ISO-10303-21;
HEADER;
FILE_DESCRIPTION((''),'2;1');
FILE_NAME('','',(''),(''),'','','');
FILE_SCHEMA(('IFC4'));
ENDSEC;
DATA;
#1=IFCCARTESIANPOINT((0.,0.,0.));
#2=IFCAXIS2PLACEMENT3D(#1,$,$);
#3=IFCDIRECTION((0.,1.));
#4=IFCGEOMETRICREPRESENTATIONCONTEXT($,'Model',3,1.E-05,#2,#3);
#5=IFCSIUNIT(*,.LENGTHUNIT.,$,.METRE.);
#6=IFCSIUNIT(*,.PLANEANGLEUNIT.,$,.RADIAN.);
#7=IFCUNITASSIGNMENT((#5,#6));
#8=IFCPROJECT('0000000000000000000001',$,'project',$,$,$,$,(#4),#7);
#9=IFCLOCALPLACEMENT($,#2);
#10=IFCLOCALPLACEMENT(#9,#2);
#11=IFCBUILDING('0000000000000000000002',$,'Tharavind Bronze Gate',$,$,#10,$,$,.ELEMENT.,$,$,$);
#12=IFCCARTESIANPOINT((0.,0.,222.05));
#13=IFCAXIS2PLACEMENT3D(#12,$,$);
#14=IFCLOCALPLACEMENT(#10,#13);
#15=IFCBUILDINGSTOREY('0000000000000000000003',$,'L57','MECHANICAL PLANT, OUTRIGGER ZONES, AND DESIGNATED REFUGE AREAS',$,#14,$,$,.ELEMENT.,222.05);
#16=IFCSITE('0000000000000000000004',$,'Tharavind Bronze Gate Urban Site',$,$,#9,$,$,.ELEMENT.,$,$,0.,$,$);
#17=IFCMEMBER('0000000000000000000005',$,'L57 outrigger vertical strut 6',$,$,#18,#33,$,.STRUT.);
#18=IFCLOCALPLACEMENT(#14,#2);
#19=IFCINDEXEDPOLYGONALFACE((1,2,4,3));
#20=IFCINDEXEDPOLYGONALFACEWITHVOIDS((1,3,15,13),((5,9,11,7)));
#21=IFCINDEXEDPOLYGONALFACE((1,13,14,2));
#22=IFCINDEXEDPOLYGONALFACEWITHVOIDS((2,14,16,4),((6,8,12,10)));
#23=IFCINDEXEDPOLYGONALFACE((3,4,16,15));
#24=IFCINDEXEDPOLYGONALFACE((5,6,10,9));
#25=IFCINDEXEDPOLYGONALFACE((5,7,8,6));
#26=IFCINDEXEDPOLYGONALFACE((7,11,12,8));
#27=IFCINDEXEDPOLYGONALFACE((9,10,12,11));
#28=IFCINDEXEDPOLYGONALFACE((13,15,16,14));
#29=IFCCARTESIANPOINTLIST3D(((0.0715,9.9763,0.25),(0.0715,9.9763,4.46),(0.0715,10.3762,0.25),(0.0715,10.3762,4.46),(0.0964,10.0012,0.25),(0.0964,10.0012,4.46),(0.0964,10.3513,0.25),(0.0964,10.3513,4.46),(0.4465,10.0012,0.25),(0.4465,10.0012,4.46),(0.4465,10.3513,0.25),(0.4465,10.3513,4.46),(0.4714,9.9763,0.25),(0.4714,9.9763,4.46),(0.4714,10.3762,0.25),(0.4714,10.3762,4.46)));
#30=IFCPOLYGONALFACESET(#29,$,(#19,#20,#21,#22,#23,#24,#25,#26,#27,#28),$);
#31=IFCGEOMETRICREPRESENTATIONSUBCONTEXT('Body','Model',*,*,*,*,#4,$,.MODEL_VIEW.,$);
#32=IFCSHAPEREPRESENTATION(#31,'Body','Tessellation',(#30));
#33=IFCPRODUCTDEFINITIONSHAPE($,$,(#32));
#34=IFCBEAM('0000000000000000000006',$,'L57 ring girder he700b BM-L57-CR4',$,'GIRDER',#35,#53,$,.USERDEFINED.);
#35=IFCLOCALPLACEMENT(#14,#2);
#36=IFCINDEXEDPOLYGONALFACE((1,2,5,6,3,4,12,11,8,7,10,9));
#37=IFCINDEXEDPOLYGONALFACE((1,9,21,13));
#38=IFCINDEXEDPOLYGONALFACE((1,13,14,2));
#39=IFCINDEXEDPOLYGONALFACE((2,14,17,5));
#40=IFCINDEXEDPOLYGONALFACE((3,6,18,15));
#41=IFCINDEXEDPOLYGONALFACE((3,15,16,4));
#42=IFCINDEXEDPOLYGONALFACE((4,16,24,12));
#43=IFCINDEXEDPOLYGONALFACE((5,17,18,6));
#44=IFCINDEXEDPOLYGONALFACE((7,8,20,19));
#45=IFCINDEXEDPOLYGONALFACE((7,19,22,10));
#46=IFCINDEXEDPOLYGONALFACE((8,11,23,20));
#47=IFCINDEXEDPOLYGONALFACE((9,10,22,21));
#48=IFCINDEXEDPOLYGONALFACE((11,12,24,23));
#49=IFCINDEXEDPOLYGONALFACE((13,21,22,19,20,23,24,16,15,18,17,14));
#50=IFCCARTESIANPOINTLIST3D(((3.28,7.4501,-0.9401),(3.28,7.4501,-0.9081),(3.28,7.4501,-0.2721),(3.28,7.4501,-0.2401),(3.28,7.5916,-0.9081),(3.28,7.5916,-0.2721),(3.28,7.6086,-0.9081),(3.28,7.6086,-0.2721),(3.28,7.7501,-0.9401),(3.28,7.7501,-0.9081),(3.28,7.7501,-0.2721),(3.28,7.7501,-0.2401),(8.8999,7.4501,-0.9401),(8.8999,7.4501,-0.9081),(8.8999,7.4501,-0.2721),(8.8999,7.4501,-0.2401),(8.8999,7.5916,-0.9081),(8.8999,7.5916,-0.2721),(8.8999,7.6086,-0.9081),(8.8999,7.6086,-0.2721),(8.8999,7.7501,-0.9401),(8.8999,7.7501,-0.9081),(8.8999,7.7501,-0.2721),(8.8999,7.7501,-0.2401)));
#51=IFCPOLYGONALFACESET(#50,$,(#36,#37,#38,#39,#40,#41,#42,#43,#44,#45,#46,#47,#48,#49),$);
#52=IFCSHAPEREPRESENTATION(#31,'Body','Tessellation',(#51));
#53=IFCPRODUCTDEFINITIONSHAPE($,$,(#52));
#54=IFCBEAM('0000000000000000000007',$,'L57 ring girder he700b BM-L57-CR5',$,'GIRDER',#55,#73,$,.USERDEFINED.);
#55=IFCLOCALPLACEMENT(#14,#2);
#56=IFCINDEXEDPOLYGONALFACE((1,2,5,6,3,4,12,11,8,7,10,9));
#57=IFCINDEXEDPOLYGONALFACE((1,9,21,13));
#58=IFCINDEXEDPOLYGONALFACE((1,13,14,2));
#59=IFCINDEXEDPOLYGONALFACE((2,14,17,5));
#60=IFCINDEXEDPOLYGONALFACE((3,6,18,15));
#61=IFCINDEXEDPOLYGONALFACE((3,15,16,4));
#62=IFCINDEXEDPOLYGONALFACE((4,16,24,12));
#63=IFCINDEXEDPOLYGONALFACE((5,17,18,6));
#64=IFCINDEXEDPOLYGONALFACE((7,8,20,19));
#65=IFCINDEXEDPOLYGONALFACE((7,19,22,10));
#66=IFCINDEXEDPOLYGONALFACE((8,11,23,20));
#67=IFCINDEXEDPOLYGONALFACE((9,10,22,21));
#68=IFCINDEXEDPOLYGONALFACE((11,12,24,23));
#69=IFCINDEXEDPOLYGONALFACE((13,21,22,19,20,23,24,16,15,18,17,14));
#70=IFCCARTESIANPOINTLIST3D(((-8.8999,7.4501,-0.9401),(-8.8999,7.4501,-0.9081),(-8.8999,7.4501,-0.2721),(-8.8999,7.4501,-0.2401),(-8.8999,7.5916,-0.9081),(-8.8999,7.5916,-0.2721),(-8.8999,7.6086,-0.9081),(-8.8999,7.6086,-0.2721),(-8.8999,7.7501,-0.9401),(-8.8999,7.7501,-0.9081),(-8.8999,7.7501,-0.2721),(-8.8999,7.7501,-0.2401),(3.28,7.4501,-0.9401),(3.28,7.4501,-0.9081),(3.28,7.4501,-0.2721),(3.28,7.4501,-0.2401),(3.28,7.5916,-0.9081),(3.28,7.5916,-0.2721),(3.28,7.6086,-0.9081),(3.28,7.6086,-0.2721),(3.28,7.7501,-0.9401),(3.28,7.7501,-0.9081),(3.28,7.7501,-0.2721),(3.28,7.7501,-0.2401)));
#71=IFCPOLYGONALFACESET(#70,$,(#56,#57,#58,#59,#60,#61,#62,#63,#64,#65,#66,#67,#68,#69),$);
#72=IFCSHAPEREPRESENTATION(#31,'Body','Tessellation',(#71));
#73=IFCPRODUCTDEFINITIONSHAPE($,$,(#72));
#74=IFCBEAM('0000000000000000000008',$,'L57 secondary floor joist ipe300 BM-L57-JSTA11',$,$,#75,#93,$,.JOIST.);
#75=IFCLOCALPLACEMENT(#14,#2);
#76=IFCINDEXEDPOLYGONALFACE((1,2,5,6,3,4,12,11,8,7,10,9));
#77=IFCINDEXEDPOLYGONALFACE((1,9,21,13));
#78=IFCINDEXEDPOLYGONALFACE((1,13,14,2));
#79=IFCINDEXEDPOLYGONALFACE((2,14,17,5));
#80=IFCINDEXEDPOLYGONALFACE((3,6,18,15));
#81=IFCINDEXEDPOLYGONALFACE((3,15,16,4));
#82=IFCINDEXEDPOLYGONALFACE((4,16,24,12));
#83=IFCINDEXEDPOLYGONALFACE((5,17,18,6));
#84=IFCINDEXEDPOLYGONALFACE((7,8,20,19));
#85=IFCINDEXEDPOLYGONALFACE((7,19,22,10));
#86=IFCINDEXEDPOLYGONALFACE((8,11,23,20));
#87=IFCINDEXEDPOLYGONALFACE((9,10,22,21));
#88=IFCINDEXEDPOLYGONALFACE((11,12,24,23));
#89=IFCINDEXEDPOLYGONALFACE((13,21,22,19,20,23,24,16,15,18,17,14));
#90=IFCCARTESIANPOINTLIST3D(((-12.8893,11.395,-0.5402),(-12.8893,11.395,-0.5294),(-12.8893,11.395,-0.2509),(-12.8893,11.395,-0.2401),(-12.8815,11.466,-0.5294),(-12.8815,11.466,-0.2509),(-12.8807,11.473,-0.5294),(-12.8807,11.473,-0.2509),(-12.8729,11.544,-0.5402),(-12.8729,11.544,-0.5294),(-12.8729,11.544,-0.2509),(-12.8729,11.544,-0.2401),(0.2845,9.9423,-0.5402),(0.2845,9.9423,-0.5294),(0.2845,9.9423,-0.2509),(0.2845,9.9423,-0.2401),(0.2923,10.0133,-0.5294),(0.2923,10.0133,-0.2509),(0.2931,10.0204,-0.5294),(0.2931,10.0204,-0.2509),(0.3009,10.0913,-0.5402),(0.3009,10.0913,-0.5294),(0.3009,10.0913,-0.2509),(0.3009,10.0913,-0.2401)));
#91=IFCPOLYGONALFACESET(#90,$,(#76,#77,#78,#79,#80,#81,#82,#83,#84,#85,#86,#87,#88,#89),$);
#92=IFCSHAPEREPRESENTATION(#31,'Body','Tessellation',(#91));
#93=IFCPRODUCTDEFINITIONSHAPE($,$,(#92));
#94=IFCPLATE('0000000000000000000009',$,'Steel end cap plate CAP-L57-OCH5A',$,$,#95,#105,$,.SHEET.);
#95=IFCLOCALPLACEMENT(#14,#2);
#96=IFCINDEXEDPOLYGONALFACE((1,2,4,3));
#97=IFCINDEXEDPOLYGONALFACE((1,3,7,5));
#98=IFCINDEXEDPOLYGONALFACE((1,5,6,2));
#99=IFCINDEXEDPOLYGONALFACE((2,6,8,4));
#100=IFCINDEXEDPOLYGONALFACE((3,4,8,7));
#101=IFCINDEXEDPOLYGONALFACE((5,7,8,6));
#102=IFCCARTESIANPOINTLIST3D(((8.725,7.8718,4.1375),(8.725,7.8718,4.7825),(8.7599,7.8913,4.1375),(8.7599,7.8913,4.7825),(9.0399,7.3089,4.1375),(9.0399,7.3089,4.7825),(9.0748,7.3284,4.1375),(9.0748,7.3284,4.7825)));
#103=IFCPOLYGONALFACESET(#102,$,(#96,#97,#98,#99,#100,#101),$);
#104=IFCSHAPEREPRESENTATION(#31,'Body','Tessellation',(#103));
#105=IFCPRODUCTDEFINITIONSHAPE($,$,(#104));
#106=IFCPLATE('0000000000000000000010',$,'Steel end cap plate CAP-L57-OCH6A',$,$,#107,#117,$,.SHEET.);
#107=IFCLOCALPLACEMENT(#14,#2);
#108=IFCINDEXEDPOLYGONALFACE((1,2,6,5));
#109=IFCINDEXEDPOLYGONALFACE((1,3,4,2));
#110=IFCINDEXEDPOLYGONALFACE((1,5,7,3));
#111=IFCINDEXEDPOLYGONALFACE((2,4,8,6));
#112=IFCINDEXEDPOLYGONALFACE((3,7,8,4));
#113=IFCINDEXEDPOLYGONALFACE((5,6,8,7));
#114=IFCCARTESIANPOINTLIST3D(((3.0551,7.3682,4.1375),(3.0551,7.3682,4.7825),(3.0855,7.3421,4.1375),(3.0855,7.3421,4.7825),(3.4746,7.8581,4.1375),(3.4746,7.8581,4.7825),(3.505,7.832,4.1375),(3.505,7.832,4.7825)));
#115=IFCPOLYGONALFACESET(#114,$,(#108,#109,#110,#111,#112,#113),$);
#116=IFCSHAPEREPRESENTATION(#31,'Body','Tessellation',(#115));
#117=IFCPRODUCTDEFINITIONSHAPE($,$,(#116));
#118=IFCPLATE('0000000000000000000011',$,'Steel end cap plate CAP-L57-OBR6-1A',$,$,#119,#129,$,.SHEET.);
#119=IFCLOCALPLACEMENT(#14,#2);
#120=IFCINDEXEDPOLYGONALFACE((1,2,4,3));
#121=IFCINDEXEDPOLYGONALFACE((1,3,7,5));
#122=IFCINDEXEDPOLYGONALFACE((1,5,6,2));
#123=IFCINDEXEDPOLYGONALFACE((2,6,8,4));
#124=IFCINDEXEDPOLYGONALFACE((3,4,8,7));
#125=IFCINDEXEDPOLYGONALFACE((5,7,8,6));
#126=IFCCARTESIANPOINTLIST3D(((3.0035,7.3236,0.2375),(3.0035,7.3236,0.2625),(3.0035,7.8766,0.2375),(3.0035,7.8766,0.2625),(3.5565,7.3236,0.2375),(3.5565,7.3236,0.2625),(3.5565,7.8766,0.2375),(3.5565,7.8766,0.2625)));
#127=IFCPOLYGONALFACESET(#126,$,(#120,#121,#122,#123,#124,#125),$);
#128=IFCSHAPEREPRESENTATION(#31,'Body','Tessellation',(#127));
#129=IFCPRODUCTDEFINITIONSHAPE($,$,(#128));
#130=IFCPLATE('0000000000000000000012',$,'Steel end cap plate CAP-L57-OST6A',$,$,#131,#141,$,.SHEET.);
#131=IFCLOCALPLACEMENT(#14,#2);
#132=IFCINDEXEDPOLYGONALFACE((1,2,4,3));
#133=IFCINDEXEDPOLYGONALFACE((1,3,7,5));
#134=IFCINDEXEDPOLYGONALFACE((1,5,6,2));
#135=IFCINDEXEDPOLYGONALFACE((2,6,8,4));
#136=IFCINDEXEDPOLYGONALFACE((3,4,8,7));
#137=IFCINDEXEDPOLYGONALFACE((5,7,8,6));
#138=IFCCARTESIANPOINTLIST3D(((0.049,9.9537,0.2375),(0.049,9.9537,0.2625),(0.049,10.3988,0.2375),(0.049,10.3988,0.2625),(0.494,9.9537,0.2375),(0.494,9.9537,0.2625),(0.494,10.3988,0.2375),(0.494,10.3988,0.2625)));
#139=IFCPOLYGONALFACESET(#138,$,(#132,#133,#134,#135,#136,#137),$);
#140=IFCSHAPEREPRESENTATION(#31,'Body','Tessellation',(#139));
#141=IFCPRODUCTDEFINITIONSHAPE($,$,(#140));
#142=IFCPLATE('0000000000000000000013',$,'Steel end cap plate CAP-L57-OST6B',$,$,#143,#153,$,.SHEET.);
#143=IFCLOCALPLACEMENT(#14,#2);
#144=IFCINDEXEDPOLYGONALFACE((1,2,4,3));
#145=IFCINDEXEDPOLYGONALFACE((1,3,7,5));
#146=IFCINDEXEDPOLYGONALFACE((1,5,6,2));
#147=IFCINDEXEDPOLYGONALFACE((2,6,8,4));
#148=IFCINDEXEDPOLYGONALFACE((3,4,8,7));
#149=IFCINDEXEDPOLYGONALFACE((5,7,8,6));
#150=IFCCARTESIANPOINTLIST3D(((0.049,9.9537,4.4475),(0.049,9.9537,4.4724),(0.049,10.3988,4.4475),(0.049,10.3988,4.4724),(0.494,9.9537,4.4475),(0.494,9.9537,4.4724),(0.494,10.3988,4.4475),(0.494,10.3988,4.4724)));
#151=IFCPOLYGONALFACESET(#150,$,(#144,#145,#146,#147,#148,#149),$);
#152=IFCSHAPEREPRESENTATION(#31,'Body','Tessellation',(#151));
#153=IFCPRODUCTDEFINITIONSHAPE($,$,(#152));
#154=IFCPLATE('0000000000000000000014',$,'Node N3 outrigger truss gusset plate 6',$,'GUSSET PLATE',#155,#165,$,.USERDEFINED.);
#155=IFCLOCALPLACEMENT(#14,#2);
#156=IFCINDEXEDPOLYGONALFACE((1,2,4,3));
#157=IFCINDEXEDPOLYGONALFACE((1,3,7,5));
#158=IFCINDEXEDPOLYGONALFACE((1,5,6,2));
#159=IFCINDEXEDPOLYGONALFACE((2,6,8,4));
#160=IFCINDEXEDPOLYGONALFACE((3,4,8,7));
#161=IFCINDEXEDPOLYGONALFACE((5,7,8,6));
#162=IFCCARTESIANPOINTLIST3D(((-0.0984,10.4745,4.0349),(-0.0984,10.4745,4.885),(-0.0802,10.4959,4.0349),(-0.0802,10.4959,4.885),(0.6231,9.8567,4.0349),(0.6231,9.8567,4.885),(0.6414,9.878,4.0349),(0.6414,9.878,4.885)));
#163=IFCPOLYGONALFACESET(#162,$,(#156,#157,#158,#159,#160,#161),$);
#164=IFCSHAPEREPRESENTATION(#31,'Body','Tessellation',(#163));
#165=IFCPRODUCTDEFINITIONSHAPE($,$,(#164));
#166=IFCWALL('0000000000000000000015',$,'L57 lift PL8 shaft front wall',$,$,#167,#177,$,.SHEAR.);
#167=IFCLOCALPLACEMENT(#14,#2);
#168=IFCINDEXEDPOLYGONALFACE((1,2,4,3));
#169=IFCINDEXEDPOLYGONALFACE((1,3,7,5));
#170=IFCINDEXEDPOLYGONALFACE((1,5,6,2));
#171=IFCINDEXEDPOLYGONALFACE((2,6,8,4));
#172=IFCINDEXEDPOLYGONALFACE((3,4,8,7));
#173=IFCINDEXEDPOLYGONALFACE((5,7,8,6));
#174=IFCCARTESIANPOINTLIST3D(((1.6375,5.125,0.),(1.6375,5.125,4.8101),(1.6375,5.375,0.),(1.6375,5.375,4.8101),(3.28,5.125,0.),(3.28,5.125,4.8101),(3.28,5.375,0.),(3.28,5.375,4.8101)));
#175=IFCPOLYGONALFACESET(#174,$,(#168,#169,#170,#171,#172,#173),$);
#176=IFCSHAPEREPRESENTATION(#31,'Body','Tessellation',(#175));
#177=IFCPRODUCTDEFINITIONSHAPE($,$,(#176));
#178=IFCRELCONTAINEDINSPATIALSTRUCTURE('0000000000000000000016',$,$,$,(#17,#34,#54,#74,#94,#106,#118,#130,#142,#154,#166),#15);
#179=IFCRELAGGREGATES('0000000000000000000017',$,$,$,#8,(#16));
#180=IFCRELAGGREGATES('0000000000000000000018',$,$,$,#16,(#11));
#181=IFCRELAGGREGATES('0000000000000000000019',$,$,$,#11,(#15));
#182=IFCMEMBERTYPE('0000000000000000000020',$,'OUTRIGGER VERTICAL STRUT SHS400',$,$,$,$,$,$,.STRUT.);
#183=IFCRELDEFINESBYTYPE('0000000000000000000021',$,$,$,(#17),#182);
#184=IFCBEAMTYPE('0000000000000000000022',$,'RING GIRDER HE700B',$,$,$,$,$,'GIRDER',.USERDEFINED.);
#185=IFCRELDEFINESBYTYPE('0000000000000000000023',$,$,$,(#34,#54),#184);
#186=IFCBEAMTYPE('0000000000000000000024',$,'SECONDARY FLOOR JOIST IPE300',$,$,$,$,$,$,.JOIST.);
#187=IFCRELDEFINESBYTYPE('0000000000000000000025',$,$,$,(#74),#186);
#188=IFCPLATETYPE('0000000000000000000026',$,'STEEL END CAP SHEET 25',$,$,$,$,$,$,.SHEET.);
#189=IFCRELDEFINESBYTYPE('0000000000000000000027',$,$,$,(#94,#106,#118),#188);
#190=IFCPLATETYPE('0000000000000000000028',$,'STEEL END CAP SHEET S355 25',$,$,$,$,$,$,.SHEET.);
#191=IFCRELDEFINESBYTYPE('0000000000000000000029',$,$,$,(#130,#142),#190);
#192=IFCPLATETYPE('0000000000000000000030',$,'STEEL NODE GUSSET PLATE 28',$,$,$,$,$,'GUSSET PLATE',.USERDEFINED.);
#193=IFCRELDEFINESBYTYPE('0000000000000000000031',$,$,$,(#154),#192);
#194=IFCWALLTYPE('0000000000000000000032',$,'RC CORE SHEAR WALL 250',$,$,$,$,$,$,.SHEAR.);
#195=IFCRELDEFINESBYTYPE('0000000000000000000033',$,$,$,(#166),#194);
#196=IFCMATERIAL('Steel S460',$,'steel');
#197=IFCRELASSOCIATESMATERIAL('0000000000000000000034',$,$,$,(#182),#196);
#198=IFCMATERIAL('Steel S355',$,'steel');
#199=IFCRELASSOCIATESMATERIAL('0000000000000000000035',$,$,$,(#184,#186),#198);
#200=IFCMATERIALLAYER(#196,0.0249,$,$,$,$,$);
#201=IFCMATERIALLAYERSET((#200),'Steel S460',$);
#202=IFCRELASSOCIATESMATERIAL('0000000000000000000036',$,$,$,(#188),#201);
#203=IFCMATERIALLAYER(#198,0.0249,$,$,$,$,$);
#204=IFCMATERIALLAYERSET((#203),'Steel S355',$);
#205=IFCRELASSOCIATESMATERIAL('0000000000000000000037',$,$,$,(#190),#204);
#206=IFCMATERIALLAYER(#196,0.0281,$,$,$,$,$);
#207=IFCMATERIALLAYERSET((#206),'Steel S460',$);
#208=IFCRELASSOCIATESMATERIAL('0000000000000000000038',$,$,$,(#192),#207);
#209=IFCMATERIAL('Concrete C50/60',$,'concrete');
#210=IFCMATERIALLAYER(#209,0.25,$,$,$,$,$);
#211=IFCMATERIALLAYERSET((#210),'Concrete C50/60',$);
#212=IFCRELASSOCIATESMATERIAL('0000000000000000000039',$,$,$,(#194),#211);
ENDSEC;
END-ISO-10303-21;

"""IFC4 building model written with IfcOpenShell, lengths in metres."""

from ifc_helpers import new_model, si_unit, direction, frame, frame_2d, origin, origin_2d, place, context, subcontext, project, spatial, rectangle, hollow_rectangle, i_section, extrude, material, layer, layer_set, material_profile, profile_set, type_object, element, save


model = new_model("IFC4")

# Units and contexts
model_context = context("Model", 3, precision=1e-05, world=origin(), true_north=direction((0.0, 1.0)))
body_context = subcontext(model_context, "Body", "Model", "MODEL_VIEW")
ifc_project = project(units=[si_unit("LENGTHUNIT", "METRE"), si_unit("PLANEANGLEUNIT", "RADIAN")], contexts=[model_context])

# Site, building, storey
site_placement = place(None, origin())
site = spatial("IfcSite", under=ifc_project, at=site_placement, Name="Tharavind Bronze Gate Urban Site", CompositionType="ELEMENT", RefElevation=0.0)
building_placement = place(site_placement, origin())
building = spatial("IfcBuilding", under=site, at=building_placement, Name="Tharavind Bronze Gate", CompositionType="ELEMENT")
storey_placement = place(building_placement, frame((0.0, 0.0, 222.05)))
storey = spatial("IfcBuildingStorey", under=building, at=storey_placement, Name="L57", Description="MECHANICAL PLANT, OUTRIGGER ZONES, AND DESIGNATED REFUGE AREAS", CompositionType="ELEMENT", Elevation=222.05)

# Member
ifc_material_1 = material(Name="Steel S460", Category="steel")
ifc_material_profile_1 = material_profile(ifc_material_1, hollow_rectangle(XDim=0.3999, YDim=0.3999, WallThickness=0.0249, at=origin_2d()), Name="SHS400X25")
ifc_profile_set_1 = profile_set([ifc_material_profile_1], Name="Steel S460")
member_type_1 = type_object("IfcMemberType", Name="OUTRIGGER VERTICAL STRUT SHS400", PredefinedType="STRUT", material=ifc_profile_set_1)
member_1_placement = place(storey_placement, frame((0.2715, 10.1763, 0.25), z_axis=(0.0, 0.0, 1.0), x_axis=(1.0, 0.0, 0.0)))
element("IfcMember", 1, at=member_1_placement, inside=storey, type_object=member_type_1, Name="L57 outrigger vertical strut 6", PredefinedType="STRUT", context=body_context, shape_type="SweptSolid", body=[
    extrude(hollow_rectangle(XDim=0.3999, YDim=0.3999, WallThickness=0.0249, at=origin_2d()), origin(), (0.0, 0.0, 1.0), 4.21),
])

# Beams
ifc_material_2 = material(Name="Steel S355", Category="steel")
ifc_material_profile_2 = material_profile(ifc_material_2, i_section(OverallWidth=0.3, OverallDepth=0.7, WebThickness=0.0171, FlangeThickness=0.032, at=origin_2d()), Name="HE700B")
ifc_profile_set_2 = profile_set([ifc_material_profile_2], Name="Steel S355")
beam_type_1 = type_object("IfcBeamType", Name="RING GIRDER HE700B", ElementType="GIRDER", PredefinedType="USERDEFINED", material=ifc_profile_set_2)
beam_1_placement = place(storey_placement, frame((8.8999, 7.6001, -0.5901), z_axis=(-1.0, 0.0, 0.0), x_axis=(0.0, -1.0, 0.0)))
element("IfcBeam", 2, at=beam_1_placement, inside=storey, type_object=beam_type_1, Name="L57 ring girder he700b BM-L57-CR4", ObjectType="GIRDER", PredefinedType="USERDEFINED", context=body_context, shape_type="SweptSolid", body=[
    extrude(i_section(OverallWidth=0.3, OverallDepth=0.7, WebThickness=0.0171, FlangeThickness=0.032, at=origin_2d()), origin(), (0.0, 0.0, 1.0), 5.6199),
])
beam_2_placement = place(storey_placement, frame((3.28, 7.6001, -0.5901), z_axis=(-1.0, 0.0, 0.0), x_axis=(0.0, -1.0, 0.0)))
element("IfcBeam", 3, at=beam_2_placement, inside=storey, type_object=beam_type_1, Name="L57 ring girder he700b BM-L57-CR5", ObjectType="GIRDER", PredefinedType="USERDEFINED", context=body_context, shape_type="SweptSolid", body=[
    extrude(i_section(OverallWidth=0.3, OverallDepth=0.7, WebThickness=0.0171, FlangeThickness=0.032, at=origin_2d()), origin(), (0.0, 0.0, 1.0), 12.1799),
])
ifc_material_profile_3 = material_profile(ifc_material_2, i_section(OverallWidth=0.1499, OverallDepth=0.3, WebThickness=0.0071, FlangeThickness=0.0107, at=origin_2d()), Name="IPE300")
ifc_profile_set_3 = profile_set([ifc_material_profile_3], Name="Steel S355")
beam_type_2 = type_object("IfcBeamType", Name="SECONDARY FLOOR JOIST IPE300", PredefinedType="JOIST", material=ifc_profile_set_3)
beam_3_placement = place(storey_placement, frame((0.2927, 10.0168, -0.3901), z_axis=(-0.993975, 0.109603, 0.0), x_axis=(-0.109603, -0.993975, 0.0)))
element("IfcBeam", 4, at=beam_3_placement, inside=storey, type_object=beam_type_2, Name="L57 secondary floor joist ipe300 BM-L57-JSTA11", PredefinedType="JOIST", context=body_context, shape_type="SweptSolid", body=[
    extrude(i_section(OverallWidth=0.1499, OverallDepth=0.3, WebThickness=0.0071, FlangeThickness=0.0107, at=origin_2d()), origin(), (0.0, 0.0, 1.0), 13.2537),
])

# Plates
ifc_layer_1 = layer(ifc_material_1, 0.0249)
ifc_layer_set_1 = layer_set([ifc_layer_1], Name="Steel S460")
plate_type_1 = type_object("IfcPlateType", Name="STEEL END CAP SHEET 25", PredefinedType="SHEET", material=ifc_layer_set_1)
for number, where, z_axis, x_axis, name in (
    (5, (8.8999, 7.6001, 4.1375), (0.0, 0.0, 1.0), (0.872747, 0.488173, 0.0), "Steel end cap plate CAP-L57-OCH5A"),
    (6, (3.28, 7.6001, 4.1375), (0.0, 0.0, 1.0), (-0.759563, 0.650434, 0.0), "Steel end cap plate CAP-L57-OCH6A"),
):
    element("IfcPlate", number, at=place(storey_placement, frame(where, z_axis=z_axis, x_axis=x_axis)), inside=storey, type_object=plate_type_1, Name=name, PredefinedType="SHEET", context=body_context, shape_type="SweptSolid", body=[
        extrude(rectangle(XDim=0.04, YDim=0.645, at=origin_2d()), origin(), (0.0, 0.0, 1.0), 0.645),
    ])
plate_1_placement = place(storey_placement, frame((3.28, 7.6001, 0.2375), z_axis=(0.0, 0.0, 1.0), x_axis=(1.0, 0.0, 0.0)))
element("IfcPlate", 7, at=plate_1_placement, inside=storey, type_object=plate_type_1, Name="Steel end cap plate CAP-L57-OBR6-1A", PredefinedType="SHEET", context=body_context, shape_type="SweptSolid", body=[
    extrude(rectangle(XDim=0.553, YDim=0.553, at=origin_2d()), origin(), (0.0, 0.0, 1.0), 0.0249),
])
ifc_layer_2 = layer(ifc_material_2, 0.0249)
ifc_layer_set_2 = layer_set([ifc_layer_2], Name="Steel S355")
plate_type_2 = type_object("IfcPlateType", Name="STEEL END CAP SHEET S355 25", PredefinedType="SHEET", material=ifc_layer_set_2)
for number, where, z_axis, x_axis, name in (
    (8, (0.2715, 10.1763, 0.2375), (0.0, 0.0, 1.0), (1.0, 0.0, 0.0), "Steel end cap plate CAP-L57-OST6A"),
    (9, (0.2715, 10.1763, 4.4475), (0.0, 0.0, 1.0), (1.0, 0.0, 0.0), "Steel end cap plate CAP-L57-OST6B"),
):
    element("IfcPlate", number, at=place(storey_placement, frame(where, z_axis=z_axis, x_axis=x_axis)), inside=storey, type_object=plate_type_2, Name=name, PredefinedType="SHEET", context=body_context, shape_type="SweptSolid", body=[
        extrude(rectangle(XDim=0.4451, YDim=0.4451, at=origin_2d()), origin(), (0.0, 0.0, 1.0), 0.0249),
    ])
ifc_layer_3 = layer(ifc_material_1, 0.0281)
ifc_layer_set_3 = layer_set([ifc_layer_3], Name="Steel S460")
plate_type_3 = type_object("IfcPlateType", Name="STEEL NODE GUSSET PLATE 28", ElementType="GUSSET PLATE", PredefinedType="USERDEFINED", material=ifc_layer_set_3)
plate_2_placement = place(storey_placement, frame((0.2715, 10.1763, 4.0349), z_axis=(0.0, 0.0, 1.0), x_axis=(-0.759563, 0.650434, 0.0)))
element("IfcPlate", 10, at=plate_2_placement, inside=storey, type_object=plate_type_3, Name="Node N3 outrigger truss gusset plate 6", ObjectType="GUSSET PLATE", PredefinedType="USERDEFINED", context=body_context, shape_type="SweptSolid", body=[
    extrude(rectangle(XDim=0.95, YDim=0.0281, at=origin_2d()), origin(), (0.0, 0.0, 1.0), 0.8501),
])

# Shared definitions
ifc_material_3 = material(Name="Concrete C50/60", Category="concrete")
ifc_layer_4 = layer(ifc_material_3, 0.25)
ifc_layer_set_4 = layer_set([ifc_layer_4], Name="Concrete C50/60")
wall_type_1 = type_object("IfcWallType", Name="RC CORE SHEAR WALL 250", PredefinedType="SHEAR", material=ifc_layer_set_4)

# Wall
wall_1_placement = place(storey_placement, frame((1.6375, 5.25, 0.0), z_axis=(0.0, 0.0, 1.0), x_axis=(1.0, 0.0, 0.0)))
element("IfcWall", 11, at=wall_1_placement, inside=storey, type_object=wall_type_1, Name="L57 lift PL8 shaft front wall", PredefinedType="SHEAR", context=body_context, shape_type="SweptSolid", body=[
    extrude(rectangle(XDim=1.6426, YDim=0.25, at=frame_2d((0.8213, 0.0))), origin(), (0.0, 0.0, 1.0), 4.8101),
])

save(model, "model.ifc")
